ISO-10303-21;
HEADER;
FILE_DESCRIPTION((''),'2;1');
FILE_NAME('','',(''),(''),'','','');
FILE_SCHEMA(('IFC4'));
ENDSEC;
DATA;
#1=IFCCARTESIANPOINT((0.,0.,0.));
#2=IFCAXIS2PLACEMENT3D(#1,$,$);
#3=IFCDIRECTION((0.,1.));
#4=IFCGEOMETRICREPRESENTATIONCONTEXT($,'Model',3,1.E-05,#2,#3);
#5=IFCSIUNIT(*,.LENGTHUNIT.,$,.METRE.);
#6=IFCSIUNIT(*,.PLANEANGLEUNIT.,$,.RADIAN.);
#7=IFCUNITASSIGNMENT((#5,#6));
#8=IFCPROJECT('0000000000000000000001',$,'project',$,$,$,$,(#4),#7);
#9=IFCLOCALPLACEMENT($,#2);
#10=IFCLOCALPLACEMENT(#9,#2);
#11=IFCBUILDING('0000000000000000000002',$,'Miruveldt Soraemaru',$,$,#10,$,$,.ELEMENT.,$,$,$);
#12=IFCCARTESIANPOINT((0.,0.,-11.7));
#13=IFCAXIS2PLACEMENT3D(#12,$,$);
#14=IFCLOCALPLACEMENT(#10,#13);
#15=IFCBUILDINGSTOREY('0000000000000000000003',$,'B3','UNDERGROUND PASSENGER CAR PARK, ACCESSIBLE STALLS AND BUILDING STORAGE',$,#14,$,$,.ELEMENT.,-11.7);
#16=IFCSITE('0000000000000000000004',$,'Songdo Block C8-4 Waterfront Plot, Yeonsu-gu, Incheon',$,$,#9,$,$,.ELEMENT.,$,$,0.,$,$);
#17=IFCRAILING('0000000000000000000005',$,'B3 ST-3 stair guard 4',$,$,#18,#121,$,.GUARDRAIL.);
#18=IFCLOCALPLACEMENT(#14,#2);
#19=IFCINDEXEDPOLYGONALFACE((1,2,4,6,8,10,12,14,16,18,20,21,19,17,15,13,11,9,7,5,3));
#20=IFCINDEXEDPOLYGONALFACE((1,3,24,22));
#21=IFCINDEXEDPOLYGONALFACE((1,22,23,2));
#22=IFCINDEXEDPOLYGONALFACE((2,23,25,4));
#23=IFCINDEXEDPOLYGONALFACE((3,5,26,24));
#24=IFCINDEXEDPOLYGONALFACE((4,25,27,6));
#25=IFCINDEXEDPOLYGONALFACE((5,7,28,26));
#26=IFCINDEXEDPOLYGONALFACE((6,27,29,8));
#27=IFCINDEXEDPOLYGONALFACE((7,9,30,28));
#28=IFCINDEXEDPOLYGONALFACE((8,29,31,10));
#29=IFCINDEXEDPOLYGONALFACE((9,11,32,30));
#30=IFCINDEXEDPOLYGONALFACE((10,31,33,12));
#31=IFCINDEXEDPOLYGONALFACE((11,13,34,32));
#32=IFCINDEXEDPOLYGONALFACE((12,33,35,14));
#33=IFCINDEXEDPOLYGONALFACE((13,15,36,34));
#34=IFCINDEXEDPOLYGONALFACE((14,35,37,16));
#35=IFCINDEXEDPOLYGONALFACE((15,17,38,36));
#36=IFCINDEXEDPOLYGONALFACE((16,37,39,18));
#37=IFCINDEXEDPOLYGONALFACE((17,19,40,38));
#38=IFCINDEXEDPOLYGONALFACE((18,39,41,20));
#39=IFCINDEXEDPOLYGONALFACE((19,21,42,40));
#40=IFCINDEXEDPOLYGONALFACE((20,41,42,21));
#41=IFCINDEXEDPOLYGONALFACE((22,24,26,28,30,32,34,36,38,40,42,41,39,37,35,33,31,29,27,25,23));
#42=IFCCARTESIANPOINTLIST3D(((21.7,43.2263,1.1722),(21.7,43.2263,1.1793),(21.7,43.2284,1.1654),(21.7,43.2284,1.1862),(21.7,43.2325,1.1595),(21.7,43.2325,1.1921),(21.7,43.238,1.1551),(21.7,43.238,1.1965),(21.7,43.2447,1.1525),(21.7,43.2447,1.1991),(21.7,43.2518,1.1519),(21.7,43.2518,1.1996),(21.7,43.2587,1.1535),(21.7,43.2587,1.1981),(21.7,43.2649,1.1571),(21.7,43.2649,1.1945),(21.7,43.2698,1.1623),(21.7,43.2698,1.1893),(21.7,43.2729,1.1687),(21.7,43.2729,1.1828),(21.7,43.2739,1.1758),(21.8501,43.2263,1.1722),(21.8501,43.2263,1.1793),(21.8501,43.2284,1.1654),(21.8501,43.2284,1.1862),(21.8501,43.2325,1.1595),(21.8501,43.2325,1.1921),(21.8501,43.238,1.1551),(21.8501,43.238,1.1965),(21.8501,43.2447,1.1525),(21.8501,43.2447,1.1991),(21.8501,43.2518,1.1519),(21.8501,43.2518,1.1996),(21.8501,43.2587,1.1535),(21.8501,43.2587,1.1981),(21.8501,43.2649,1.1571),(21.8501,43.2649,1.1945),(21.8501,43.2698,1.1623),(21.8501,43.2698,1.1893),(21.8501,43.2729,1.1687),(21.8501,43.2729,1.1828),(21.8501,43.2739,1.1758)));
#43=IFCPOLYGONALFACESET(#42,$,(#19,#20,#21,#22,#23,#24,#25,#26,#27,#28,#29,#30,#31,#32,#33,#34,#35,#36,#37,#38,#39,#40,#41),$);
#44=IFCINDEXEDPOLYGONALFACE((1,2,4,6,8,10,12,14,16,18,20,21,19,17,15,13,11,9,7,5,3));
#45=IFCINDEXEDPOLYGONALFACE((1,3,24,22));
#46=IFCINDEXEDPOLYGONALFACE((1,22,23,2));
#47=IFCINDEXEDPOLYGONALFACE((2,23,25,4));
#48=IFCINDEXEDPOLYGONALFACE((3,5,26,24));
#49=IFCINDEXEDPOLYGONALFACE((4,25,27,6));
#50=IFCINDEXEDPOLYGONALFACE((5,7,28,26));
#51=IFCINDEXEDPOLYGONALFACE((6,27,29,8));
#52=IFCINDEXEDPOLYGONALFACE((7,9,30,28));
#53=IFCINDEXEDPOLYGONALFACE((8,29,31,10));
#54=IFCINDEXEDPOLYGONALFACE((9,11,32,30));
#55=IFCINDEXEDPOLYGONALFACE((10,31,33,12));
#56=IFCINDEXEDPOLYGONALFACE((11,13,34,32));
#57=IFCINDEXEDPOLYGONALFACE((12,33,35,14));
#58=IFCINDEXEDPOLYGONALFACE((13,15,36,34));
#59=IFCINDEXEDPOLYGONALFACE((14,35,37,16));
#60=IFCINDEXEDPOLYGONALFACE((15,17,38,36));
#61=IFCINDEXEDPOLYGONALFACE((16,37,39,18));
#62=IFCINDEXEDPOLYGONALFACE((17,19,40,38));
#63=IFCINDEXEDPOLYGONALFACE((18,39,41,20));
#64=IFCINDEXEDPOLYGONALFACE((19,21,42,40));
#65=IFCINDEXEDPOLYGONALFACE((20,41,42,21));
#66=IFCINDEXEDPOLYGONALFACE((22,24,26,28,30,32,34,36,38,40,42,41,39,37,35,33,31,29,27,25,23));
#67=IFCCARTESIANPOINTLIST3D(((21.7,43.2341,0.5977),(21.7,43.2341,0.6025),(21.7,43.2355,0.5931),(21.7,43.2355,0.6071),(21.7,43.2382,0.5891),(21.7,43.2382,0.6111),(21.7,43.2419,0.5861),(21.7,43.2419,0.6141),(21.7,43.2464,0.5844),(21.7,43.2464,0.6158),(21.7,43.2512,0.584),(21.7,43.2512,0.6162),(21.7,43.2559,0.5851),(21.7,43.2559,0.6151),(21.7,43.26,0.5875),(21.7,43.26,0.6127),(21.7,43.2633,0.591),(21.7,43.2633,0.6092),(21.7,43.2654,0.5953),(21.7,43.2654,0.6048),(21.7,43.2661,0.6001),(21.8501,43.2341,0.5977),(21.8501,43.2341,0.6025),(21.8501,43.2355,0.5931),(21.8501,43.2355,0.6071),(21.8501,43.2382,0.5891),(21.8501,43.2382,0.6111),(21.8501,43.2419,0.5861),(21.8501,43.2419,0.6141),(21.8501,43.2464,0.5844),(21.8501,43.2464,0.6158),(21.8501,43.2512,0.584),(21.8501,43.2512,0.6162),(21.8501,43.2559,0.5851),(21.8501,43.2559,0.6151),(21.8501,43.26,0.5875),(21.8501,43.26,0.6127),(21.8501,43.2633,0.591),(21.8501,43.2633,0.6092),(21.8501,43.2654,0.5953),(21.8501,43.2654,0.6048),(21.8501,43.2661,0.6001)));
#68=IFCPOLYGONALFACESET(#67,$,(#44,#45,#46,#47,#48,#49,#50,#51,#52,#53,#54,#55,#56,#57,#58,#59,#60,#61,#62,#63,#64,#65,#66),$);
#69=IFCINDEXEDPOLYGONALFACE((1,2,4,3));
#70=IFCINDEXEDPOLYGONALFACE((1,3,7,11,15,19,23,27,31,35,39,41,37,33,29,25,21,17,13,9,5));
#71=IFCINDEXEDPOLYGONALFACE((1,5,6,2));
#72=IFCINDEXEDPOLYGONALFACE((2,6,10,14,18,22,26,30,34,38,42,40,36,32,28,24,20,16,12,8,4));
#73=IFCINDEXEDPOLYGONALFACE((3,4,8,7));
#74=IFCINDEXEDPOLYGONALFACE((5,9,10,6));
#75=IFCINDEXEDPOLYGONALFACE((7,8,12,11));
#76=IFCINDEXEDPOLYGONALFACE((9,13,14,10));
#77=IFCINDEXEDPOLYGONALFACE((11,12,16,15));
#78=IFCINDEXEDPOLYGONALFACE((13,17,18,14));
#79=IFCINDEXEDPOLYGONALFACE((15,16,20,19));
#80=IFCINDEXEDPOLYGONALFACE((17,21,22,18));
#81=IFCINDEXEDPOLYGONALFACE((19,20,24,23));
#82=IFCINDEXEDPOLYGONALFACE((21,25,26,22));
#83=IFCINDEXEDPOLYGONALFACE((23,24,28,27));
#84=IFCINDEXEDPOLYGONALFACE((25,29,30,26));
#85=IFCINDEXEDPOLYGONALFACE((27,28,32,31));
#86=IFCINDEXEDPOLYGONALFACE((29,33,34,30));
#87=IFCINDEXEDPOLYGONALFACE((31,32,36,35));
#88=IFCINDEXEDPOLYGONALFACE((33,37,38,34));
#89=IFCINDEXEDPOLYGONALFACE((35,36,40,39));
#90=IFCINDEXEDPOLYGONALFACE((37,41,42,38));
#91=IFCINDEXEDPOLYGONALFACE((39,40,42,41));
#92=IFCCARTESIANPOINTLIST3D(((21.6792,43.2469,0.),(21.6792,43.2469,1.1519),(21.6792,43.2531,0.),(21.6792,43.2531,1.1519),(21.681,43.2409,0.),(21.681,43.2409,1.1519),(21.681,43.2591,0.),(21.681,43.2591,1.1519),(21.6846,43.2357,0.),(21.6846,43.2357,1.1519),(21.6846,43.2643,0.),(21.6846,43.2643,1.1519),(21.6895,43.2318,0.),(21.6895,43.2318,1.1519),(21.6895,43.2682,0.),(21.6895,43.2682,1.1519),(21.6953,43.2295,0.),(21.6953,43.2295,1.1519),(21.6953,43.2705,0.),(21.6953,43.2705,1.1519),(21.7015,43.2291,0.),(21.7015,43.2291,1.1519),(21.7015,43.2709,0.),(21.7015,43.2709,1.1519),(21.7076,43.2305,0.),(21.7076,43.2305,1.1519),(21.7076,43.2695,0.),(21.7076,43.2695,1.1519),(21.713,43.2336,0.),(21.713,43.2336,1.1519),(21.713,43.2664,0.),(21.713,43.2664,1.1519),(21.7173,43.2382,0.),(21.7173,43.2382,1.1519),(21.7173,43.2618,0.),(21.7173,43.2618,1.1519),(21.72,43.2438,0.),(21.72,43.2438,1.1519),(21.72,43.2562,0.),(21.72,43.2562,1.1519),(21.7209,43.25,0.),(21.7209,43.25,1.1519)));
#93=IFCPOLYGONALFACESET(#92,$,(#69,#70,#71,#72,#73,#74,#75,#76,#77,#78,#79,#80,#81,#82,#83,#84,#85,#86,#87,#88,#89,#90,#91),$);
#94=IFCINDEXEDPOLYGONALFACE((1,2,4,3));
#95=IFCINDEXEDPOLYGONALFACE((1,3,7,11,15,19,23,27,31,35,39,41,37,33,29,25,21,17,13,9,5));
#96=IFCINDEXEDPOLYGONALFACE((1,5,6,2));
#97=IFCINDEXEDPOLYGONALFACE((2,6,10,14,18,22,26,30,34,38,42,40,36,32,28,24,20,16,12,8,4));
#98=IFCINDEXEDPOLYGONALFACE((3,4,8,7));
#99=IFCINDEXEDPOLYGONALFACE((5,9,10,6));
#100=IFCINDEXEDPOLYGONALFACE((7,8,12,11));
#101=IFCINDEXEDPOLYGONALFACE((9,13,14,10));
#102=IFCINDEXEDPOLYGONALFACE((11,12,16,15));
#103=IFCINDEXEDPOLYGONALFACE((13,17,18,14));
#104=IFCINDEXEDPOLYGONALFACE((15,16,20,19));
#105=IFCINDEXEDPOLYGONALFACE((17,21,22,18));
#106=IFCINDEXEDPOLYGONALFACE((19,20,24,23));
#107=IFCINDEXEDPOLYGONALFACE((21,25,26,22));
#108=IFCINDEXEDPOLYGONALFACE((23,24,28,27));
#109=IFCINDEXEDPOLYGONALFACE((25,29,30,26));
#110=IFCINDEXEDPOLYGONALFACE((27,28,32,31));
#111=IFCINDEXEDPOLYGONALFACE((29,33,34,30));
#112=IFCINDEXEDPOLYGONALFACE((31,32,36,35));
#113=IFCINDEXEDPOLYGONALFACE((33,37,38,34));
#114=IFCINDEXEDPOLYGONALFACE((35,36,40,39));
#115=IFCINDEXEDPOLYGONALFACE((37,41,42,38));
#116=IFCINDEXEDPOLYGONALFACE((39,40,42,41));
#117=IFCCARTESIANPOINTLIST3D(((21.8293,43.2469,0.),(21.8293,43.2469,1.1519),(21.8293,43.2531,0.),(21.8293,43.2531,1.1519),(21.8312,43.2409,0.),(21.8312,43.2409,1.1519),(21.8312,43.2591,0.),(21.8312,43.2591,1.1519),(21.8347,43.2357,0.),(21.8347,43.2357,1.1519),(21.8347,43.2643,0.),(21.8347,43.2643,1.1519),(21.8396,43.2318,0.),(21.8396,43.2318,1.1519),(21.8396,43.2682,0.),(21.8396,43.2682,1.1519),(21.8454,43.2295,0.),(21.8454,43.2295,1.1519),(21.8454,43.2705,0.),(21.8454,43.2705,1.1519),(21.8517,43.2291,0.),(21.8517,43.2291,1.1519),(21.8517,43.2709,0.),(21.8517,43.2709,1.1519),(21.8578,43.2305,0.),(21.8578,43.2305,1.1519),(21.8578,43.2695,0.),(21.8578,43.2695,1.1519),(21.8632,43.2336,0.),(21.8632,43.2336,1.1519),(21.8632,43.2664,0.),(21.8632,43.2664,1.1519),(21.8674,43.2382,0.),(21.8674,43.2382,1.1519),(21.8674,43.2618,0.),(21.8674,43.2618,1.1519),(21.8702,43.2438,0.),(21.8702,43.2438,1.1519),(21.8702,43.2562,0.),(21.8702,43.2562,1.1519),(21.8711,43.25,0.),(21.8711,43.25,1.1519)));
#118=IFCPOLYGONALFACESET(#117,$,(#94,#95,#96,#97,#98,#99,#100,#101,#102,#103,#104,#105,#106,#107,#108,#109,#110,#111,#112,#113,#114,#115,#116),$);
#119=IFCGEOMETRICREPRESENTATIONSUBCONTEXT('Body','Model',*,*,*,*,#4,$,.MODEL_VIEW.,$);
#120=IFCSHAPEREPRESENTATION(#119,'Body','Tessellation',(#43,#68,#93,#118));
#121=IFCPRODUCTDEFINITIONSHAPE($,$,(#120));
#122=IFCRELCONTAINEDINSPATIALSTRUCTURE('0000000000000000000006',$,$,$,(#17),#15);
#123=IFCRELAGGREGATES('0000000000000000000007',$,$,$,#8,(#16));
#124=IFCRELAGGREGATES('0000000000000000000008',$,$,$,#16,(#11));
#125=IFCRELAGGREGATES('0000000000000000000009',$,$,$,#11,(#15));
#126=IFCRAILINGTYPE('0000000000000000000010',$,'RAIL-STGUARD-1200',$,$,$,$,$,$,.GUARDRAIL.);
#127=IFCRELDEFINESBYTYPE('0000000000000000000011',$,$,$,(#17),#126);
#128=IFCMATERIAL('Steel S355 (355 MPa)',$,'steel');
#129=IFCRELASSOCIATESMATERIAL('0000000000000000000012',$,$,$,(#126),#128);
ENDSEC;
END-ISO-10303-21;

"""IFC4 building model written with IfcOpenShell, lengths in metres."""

from ifc_helpers import new_model, si_unit, direction, frame, origin, origin_2d, place, context, subcontext, project, spatial, circle, extrude, material, type_object, element, save


model = new_model("IFC4")

# Units and contexts
model_context = context("Model", 3, precision=1e-05, world=origin(), true_north=direction((0.0, 1.0)))
body_context = subcontext(model_context, "Body", "Model", "MODEL_VIEW")
ifc_project = project(units=[si_unit("LENGTHUNIT", "METRE"), si_unit("PLANEANGLEUNIT", "RADIAN")], contexts=[model_context])

# Site, building, storey
site_placement = place(None, origin())
site = spatial("IfcSite", under=ifc_project, at=site_placement, Name="Songdo Block C8-4 Waterfront Plot, Yeonsu-gu, Incheon", CompositionType="ELEMENT", RefElevation=0.0)
building_placement = place(site_placement, origin())
building = spatial("IfcBuilding", under=site, at=building_placement, Name="Miruveldt Soraemaru", CompositionType="ELEMENT")
storey_placement = place(building_placement, frame((0.0, 0.0, -11.7)))
storey = spatial("IfcBuildingStorey", under=building, at=storey_placement, Name="B3", Description="UNDERGROUND PASSENGER CAR PARK, ACCESSIBLE STALLS AND BUILDING STORAGE", CompositionType="ELEMENT", Elevation=-11.7)

# Railing
ifc_material_1 = material(Name="Steel S355 (355 MPa)", Category="steel")
railing_type_1 = type_object("IfcRailingType", Name="RAIL-STGUARD-1200", PredefinedType="GUARDRAIL", material=ifc_material_1)
railing_1_placement = place(storey_placement, frame((21.7, 43.25, 0.0)))
element("IfcRailing", 1, at=railing_1_placement, inside=storey, type_object=railing_type_1, Name="B3 ST-3 stair guard 4", PredefinedType="GUARDRAIL", context=body_context, shape_type="SweptSolid", body=[
    extrude(circle(Radius=0.0239, at=origin_2d()), frame((0.0, 0.0, 1.1758), z_axis=(1.0, 0.0, 0.0), x_axis=(0.0, 1.0, 0.0)), (0.0, 0.0, 1.0), 0.1501),
    extrude(circle(Radius=0.0161, at=origin_2d()), frame((0.0, 0.0, 0.6001), z_axis=(1.0, 0.0, 0.0), x_axis=(0.0, 1.0, 0.0)), (0.0, 0.0, 1.0), 0.1501),
    extrude(circle(Radius=0.021, at=origin_2d()), origin(), (0.0, 0.0, 1.0), 1.1519),
    extrude(circle(Radius=0.021, at=origin_2d()), frame((0.1501, 0.0, 0.0)), (0.0, 0.0, 1.0), 1.1519),
])

save(model, "model.ifc")
